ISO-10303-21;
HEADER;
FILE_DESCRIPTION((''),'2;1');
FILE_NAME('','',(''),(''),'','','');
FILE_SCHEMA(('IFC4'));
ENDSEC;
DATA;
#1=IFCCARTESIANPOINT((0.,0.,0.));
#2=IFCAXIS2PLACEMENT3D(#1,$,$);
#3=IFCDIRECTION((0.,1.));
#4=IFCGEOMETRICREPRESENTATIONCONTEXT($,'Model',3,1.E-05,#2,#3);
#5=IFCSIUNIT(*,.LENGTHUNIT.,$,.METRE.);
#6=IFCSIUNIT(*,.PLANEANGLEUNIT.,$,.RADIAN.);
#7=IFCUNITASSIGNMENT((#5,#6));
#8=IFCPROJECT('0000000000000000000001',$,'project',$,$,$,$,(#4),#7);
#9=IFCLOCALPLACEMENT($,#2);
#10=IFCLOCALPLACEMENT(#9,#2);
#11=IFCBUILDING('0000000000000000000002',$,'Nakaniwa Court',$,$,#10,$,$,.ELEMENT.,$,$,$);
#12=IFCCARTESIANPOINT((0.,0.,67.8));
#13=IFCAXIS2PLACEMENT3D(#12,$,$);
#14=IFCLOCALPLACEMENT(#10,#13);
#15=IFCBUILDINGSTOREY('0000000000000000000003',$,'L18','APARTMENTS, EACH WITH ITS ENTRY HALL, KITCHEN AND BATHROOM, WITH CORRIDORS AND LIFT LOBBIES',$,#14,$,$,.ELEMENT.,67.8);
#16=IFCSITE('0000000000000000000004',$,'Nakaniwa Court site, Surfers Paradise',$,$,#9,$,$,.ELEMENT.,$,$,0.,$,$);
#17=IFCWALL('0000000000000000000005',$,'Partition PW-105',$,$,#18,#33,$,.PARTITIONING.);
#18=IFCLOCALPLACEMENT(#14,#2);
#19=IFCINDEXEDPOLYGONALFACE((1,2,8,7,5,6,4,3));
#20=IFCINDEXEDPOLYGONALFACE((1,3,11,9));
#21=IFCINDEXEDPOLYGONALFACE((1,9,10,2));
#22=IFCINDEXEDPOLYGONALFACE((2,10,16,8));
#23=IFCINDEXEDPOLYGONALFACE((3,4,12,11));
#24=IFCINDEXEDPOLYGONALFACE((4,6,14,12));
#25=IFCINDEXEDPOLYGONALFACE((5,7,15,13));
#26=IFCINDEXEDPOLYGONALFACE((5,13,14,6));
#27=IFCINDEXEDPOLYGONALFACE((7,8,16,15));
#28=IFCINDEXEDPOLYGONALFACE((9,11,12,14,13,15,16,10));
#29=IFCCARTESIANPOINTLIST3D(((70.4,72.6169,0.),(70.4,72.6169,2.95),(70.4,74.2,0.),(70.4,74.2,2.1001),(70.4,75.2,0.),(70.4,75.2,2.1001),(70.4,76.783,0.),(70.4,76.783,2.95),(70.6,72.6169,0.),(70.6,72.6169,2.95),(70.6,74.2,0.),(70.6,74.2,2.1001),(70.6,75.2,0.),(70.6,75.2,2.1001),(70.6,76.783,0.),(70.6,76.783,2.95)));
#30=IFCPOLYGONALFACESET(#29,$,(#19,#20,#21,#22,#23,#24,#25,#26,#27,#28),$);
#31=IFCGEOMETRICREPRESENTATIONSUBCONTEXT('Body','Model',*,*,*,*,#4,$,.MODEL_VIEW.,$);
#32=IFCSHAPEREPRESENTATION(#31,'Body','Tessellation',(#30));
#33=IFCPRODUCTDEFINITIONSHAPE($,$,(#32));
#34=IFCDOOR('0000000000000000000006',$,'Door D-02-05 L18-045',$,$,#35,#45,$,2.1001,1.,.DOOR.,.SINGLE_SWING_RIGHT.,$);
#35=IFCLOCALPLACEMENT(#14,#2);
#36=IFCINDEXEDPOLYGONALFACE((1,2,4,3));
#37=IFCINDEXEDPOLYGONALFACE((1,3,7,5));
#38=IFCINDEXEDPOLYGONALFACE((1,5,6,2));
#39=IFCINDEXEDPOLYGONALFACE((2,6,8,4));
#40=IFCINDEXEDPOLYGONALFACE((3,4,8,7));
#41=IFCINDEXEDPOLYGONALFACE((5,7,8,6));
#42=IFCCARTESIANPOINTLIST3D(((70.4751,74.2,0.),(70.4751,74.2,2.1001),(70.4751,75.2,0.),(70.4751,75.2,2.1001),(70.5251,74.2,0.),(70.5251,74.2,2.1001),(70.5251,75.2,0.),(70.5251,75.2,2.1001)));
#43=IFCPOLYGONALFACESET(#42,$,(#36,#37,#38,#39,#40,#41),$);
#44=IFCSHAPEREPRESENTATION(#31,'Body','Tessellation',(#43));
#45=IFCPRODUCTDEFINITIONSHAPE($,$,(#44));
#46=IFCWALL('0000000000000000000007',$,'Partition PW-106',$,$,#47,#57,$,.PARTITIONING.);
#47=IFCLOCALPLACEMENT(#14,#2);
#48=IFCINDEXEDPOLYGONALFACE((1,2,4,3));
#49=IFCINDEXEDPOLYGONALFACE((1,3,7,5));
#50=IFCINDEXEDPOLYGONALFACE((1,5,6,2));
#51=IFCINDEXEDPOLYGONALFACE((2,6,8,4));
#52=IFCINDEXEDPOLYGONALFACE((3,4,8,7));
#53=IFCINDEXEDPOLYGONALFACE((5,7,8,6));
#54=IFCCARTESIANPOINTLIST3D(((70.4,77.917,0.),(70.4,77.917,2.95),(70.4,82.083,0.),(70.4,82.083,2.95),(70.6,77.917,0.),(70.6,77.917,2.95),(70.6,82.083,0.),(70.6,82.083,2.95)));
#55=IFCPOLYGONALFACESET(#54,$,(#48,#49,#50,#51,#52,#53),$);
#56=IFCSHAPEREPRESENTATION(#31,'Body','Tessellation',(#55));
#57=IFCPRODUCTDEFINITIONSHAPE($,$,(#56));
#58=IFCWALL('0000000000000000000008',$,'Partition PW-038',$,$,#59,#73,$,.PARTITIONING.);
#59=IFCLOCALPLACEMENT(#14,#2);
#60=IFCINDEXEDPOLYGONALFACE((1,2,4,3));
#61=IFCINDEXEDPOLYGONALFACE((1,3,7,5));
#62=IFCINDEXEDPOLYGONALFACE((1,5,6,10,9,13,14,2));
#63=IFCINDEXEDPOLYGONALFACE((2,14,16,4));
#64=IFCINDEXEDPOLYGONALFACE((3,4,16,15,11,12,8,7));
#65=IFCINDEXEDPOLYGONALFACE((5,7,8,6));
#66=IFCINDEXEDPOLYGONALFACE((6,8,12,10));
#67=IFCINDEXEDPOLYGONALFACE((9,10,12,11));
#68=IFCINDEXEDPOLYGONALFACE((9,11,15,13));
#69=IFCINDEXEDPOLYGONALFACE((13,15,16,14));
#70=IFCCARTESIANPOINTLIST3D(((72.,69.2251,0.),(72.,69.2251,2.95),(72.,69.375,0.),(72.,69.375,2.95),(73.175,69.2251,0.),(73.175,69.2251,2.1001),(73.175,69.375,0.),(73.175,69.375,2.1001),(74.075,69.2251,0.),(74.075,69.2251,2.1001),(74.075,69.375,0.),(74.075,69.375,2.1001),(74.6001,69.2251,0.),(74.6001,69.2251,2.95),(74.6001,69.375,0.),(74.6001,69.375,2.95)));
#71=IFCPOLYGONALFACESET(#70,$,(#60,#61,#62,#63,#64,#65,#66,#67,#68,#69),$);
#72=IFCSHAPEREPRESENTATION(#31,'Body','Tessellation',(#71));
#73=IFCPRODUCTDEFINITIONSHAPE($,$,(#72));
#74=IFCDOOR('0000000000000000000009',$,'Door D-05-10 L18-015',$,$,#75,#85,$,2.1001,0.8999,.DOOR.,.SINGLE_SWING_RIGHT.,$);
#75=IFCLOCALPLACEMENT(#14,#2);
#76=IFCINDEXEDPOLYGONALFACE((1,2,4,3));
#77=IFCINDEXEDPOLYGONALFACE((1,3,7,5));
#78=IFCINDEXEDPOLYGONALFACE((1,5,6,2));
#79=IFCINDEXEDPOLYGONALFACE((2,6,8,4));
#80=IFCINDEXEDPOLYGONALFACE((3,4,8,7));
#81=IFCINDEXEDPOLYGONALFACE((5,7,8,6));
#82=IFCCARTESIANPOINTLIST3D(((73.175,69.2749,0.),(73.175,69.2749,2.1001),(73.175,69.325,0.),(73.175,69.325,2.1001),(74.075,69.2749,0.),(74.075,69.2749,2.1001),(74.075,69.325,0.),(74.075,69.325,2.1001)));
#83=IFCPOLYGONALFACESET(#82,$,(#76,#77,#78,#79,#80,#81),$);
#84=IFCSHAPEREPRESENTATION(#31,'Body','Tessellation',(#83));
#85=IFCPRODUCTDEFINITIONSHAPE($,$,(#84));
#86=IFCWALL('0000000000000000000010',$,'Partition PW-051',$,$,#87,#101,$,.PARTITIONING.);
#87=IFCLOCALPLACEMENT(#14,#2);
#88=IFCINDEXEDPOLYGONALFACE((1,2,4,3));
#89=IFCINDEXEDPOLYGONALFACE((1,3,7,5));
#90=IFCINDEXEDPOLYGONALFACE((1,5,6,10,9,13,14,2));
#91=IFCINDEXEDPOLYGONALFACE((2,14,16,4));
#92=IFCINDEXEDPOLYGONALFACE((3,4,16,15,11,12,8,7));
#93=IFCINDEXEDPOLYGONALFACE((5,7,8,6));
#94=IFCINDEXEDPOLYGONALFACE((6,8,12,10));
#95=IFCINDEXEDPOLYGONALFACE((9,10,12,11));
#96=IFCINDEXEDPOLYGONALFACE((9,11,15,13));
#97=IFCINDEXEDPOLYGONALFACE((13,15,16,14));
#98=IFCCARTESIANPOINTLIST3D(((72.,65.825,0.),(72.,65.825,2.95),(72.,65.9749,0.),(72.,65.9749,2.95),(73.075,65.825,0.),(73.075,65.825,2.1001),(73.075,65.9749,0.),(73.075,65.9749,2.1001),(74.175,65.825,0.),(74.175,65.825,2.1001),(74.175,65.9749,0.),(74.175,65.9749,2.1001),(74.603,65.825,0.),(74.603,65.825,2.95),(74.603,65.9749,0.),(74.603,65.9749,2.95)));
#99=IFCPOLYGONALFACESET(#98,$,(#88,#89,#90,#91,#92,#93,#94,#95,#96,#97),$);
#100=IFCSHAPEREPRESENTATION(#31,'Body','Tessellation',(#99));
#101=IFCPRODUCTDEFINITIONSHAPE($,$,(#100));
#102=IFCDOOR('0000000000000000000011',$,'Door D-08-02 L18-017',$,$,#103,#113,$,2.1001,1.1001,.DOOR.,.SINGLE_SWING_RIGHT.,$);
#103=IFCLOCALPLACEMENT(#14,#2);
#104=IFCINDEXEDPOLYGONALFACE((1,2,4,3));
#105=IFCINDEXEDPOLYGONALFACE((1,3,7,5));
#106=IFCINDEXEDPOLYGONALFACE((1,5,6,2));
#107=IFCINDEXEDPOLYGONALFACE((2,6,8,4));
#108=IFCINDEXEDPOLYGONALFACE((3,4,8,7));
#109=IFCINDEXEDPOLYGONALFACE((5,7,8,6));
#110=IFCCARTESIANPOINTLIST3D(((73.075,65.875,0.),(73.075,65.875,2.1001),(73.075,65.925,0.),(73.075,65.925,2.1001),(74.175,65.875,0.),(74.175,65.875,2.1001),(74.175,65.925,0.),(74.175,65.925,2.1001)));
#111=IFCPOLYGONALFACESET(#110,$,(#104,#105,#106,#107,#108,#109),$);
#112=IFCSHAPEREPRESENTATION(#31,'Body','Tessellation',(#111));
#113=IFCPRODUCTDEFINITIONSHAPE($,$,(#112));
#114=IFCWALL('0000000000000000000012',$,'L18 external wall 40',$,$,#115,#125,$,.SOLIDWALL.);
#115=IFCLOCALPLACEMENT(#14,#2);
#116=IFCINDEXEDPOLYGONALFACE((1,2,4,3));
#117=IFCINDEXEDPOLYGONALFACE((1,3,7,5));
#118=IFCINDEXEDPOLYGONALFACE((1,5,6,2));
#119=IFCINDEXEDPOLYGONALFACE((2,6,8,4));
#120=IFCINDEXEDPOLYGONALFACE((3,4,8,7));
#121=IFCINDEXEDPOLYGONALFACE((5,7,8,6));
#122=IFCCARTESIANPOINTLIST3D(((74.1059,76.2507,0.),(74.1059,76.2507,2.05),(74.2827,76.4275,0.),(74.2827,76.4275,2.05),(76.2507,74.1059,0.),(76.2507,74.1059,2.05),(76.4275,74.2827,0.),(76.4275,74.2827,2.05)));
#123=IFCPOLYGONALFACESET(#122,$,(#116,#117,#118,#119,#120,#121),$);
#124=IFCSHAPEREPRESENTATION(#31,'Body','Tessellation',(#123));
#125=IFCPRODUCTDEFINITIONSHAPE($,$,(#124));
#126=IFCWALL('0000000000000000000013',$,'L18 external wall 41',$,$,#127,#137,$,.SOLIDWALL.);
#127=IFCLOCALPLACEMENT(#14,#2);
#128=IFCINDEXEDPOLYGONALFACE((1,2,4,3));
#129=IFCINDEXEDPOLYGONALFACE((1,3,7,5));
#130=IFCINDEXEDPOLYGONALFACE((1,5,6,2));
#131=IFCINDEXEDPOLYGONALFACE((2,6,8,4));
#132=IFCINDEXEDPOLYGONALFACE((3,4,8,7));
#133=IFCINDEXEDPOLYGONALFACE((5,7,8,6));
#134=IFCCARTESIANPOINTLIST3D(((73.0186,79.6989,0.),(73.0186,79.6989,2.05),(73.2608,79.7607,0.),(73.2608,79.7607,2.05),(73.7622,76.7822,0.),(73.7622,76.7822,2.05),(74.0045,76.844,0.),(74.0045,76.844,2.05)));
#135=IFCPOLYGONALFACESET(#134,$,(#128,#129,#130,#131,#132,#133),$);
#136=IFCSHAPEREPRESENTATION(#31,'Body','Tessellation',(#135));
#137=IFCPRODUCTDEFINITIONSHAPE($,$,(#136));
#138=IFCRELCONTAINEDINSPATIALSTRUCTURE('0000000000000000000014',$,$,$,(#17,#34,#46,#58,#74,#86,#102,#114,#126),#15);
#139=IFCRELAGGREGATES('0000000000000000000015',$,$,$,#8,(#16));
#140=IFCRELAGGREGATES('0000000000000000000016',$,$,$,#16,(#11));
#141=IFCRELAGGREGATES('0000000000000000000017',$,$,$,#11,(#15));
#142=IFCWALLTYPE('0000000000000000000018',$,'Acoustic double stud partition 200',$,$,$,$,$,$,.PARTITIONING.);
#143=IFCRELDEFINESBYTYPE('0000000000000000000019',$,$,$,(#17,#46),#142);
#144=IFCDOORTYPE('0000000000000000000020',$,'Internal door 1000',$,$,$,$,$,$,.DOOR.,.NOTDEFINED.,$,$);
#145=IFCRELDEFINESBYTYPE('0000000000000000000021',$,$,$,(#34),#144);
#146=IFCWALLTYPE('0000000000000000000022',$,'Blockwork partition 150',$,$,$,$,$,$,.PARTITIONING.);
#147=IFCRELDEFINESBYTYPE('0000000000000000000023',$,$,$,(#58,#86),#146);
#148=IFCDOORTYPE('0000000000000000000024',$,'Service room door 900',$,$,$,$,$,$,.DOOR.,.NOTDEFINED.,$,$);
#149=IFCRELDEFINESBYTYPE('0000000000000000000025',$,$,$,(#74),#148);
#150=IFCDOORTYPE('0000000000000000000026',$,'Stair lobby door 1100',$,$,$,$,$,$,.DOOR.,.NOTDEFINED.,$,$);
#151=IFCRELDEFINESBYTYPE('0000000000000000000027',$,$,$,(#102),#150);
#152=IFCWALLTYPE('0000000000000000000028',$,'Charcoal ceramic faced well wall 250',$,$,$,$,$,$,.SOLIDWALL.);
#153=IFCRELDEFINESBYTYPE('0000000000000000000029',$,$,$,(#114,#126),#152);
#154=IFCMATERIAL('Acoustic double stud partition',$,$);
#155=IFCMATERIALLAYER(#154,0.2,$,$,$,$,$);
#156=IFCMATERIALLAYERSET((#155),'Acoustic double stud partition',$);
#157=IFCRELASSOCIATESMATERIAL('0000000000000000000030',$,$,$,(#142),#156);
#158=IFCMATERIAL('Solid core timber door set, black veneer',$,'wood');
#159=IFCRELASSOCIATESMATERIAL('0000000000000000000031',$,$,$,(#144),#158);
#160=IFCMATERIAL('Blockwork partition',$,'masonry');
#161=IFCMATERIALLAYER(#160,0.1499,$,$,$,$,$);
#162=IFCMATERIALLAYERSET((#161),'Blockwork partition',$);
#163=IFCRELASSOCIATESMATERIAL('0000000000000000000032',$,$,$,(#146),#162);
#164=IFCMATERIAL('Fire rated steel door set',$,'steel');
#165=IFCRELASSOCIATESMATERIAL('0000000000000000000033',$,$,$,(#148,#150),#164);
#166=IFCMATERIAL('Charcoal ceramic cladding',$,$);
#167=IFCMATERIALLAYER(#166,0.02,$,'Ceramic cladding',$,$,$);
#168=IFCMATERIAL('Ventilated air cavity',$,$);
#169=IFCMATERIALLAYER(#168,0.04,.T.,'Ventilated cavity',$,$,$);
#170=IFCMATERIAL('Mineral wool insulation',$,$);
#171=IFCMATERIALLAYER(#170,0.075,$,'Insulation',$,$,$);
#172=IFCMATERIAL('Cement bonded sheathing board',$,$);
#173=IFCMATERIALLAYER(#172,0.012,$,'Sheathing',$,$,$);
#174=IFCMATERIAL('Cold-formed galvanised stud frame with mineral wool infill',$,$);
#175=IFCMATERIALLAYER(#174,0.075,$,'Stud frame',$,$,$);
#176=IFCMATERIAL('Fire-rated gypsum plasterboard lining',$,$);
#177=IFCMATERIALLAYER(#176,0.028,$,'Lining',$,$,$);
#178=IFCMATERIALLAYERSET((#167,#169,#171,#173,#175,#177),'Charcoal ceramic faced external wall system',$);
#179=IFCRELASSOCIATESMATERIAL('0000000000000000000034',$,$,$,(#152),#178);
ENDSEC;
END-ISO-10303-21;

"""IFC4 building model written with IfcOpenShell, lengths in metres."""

from ifc_helpers import new_model, si_unit, direction, frame, frame_2d, origin, place, context, subcontext, project, spatial, rectangle, extrude, material, layer, layer_set, type_object, element, fill, save


model = new_model("IFC4")

# Units and contexts
model_context = context("Model", 3, precision=1e-05, world=origin(), true_north=direction((0.0, 1.0)))
body_context = subcontext(model_context, "Body", "Model", "MODEL_VIEW")
ifc_project = project(units=[si_unit("LENGTHUNIT", "METRE"), si_unit("PLANEANGLEUNIT", "RADIAN")], contexts=[model_context])

# Site, building, storey
site_placement = place(None, origin())
site = spatial("IfcSite", under=ifc_project, at=site_placement, Name="Nakaniwa Court site, Surfers Paradise", CompositionType="ELEMENT", RefElevation=0.0)
building_placement = place(site_placement, origin())
building = spatial("IfcBuilding", under=site, at=building_placement, Name="Nakaniwa Court", CompositionType="ELEMENT")
storey_placement = place(building_placement, frame((0.0, 0.0, 67.8)))
storey = spatial("IfcBuildingStorey", under=building, at=storey_placement, Name="L18", Description="APARTMENTS, EACH WITH ITS ENTRY HALL, KITCHEN AND BATHROOM, WITH CORRIDORS AND LIFT LOBBIES", CompositionType="ELEMENT", Elevation=67.8)

# Shared definitions
ifc_material_1 = material(Name="Acoustic double stud partition")
ifc_layer_1 = layer(ifc_material_1, 0.2)
ifc_layer_set_1 = layer_set([ifc_layer_1], Name="Acoustic double stud partition")
wall_type_1 = type_object("IfcWallType", Name="Acoustic double stud partition 200", PredefinedType="PARTITIONING", material=ifc_layer_set_1)

# Wall, opening, door
wall_1_placement = place(storey_placement, frame((70.5, 72.6169, 0.0), z_axis=(0.0, 0.0, 1.0), x_axis=(0.0, 1.0, 0.0)))
wall_1 = element("IfcWall", 1, at=wall_1_placement, inside=storey, type_object=wall_type_1, Name="Partition PW-105", PredefinedType="PARTITIONING", context=body_context, shape_type="SweptSolid", body=[
    extrude(rectangle(XDim=4.166, YDim=0.2, at=frame_2d((2.083, 0.0))), origin(), (0.0, 0.0, 1.0), 2.95),
])
opening_1_placement = place(wall_1_placement, frame((1.583, 0.0, 0.0)))
opening_1 = element("IfcOpeningElement", 2, at=opening_1_placement, cuts=wall_1, PredefinedType="OPENING", context=body_context, shape_type="SweptSolid", body=[
    extrude(rectangle(XDim=1.0, YDim=2.1001, at=frame_2d((0.5, 1.05))), frame((0.0, 0.1099, 0.0), z_axis=(0.0, -1.0, 0.0), x_axis=(1.0, 0.0, 0.0)), (0.0, 0.0, 1.0), 0.22),
])
ifc_material_2 = material(Name="Solid core timber door set, black veneer", Category="wood")
door_type_1 = type_object("IfcDoorType", Name="Internal door 1000", OperationType="NOTDEFINED", PredefinedType="DOOR", material=ifc_material_2)
door_1_placement = place(opening_1_placement, origin())
door_1 = element("IfcDoor", 3, at=door_1_placement, inside=storey, type_object=door_type_1, Name="Door D-02-05 L18-045", OperationType="SINGLE_SWING_RIGHT", OverallHeight=2.1001, OverallWidth=1.0, PredefinedType="DOOR", context=body_context, shape_type="SweptSolid", body=[
    extrude(rectangle(XDim=1.0, YDim=2.1001, at=frame_2d((0.5, 1.05))), frame((0.0, 0.0249, 0.0), z_axis=(0.0, -1.0, 0.0), x_axis=(1.0, 0.0, 0.0)), (0.0, 0.0, 1.0), 0.05),
])
fill(opening_1, door_1)

# Wall
wall_2_placement = place(storey_placement, frame((70.5, 77.917, 0.0), z_axis=(0.0, 0.0, 1.0), x_axis=(0.0, 1.0, 0.0)))
element("IfcWall", 4, at=wall_2_placement, inside=storey, type_object=wall_type_1, Name="Partition PW-106", PredefinedType="PARTITIONING", context=body_context, shape_type="SweptSolid", body=[
    extrude(rectangle(XDim=4.166, YDim=0.2, at=frame_2d((2.083, 0.0))), origin(), (0.0, 0.0, 1.0), 2.95),
])

# Walls, openings, doors
ifc_material_3 = material(Name="Blockwork partition", Category="masonry")
ifc_layer_2 = layer(ifc_material_3, 0.1499)
ifc_layer_set_2 = layer_set([ifc_layer_2], Name="Blockwork partition")
wall_type_2 = type_object("IfcWallType", Name="Blockwork partition 150", PredefinedType="PARTITIONING", material=ifc_layer_set_2)
wall_3_placement = place(storey_placement, frame((72.0, 69.3, 0.0), z_axis=(0.0, 0.0, 1.0), x_axis=(1.0, 0.0, 0.0)))
wall_3 = element("IfcWall", 5, at=wall_3_placement, inside=storey, type_object=wall_type_2, Name="Partition PW-038", PredefinedType="PARTITIONING", context=body_context, shape_type="SweptSolid", body=[
    extrude(rectangle(XDim=2.6001, YDim=0.1499, at=frame_2d((1.3, 0.0))), origin(), (0.0, 0.0, 1.0), 2.95),
])
opening_2_placement = place(wall_3_placement, frame((1.175, 0.0, 0.0)))
opening_2 = element("IfcOpeningElement", 6, at=opening_2_placement, cuts=wall_3, PredefinedType="OPENING", context=body_context, shape_type="SweptSolid", body=[
    extrude(rectangle(XDim=0.8999, YDim=2.1001, at=frame_2d((0.45, 1.05))), frame((0.0, 0.085, 0.0), z_axis=(0.0, -1.0, 0.0), x_axis=(1.0, 0.0, 0.0)), (0.0, 0.0, 1.0), 0.1699),
])
ifc_material_4 = material(Name="Fire rated steel door set", Category="steel")
door_type_2 = type_object("IfcDoorType", Name="Service room door 900", OperationType="NOTDEFINED", PredefinedType="DOOR", material=ifc_material_4)
door_2_placement = place(opening_2_placement, origin())
door_2 = element("IfcDoor", 7, at=door_2_placement, inside=storey, type_object=door_type_2, Name="Door D-05-10 L18-015", OperationType="SINGLE_SWING_RIGHT", OverallHeight=2.1001, OverallWidth=0.8999, PredefinedType="DOOR", context=body_context, shape_type="SweptSolid", body=[
    extrude(rectangle(XDim=0.8999, YDim=2.1001, at=frame_2d((0.45, 1.05))), frame((0.0, 0.0249, 0.0), z_axis=(0.0, -1.0, 0.0), x_axis=(1.0, 0.0, 0.0)), (0.0, 0.0, 1.0), 0.05),
])
fill(opening_2, door_2)
wall_4_placement = place(storey_placement, frame((74.603, 65.8999, 0.0), z_axis=(0.0, 0.0, 1.0), x_axis=(-1.0, 0.0, 0.0)))
wall_4 = element("IfcWall", 8, at=wall_4_placement, inside=storey, type_object=wall_type_2, Name="Partition PW-051", PredefinedType="PARTITIONING", context=body_context, shape_type="SweptSolid", body=[
    extrude(rectangle(XDim=2.603, YDim=0.1499, at=frame_2d((1.3015, 0.0))), origin(), (0.0, 0.0, 1.0), 2.95),
])
opening_3_placement = place(wall_4_placement, frame((0.428, 0.0, 0.0)))
opening_3 = element("IfcOpeningElement", 9, at=opening_3_placement, cuts=wall_4, PredefinedType="OPENING", context=body_context, shape_type="SweptSolid", body=[
    extrude(rectangle(XDim=1.1001, YDim=2.1001, at=frame_2d((0.55, 1.05))), frame((0.0, 0.085, 0.0), z_axis=(0.0, -1.0, 0.0), x_axis=(1.0, 0.0, 0.0)), (0.0, 0.0, 1.0), 0.1699),
])
door_type_3 = type_object("IfcDoorType", Name="Stair lobby door 1100", OperationType="NOTDEFINED", PredefinedType="DOOR", material=ifc_material_4)
door_3_placement = place(opening_3_placement, origin())
door_3 = element("IfcDoor", 10, at=door_3_placement, inside=storey, type_object=door_type_3, Name="Door D-08-02 L18-017", OperationType="SINGLE_SWING_RIGHT", OverallHeight=2.1001, OverallWidth=1.1001, PredefinedType="DOOR", context=body_context, shape_type="SweptSolid", body=[
    extrude(rectangle(XDim=1.1001, YDim=2.1001, at=frame_2d((0.55, 1.05))), frame((0.0, 0.0249, 0.0), z_axis=(0.0, -1.0, 0.0), x_axis=(1.0, 0.0, 0.0)), (0.0, 0.0, 1.0), 0.05),
])
fill(opening_3, door_3)

# Walls
ifc_material_5 = material(Name="Charcoal ceramic cladding")
ifc_layer_3 = layer(ifc_material_5, 0.02, Name="Ceramic cladding")
ifc_material_6 = material(Name="Ventilated air cavity")
ifc_layer_4 = layer(ifc_material_6, 0.04, ventilated=True, Name="Ventilated cavity")
ifc_material_7 = material(Name="Mineral wool insulation")
ifc_layer_5 = layer(ifc_material_7, 0.075, Name="Insulation")
ifc_material_8 = material(Name="Cement bonded sheathing board")
ifc_layer_6 = layer(ifc_material_8, 0.012, Name="Sheathing")
ifc_material_9 = material(Name="Cold-formed galvanised stud frame with mineral wool infill")
ifc_layer_7 = layer(ifc_material_9, 0.075, Name="Stud frame")
ifc_material_10 = material(Name="Fire-rated gypsum plasterboard lining")
ifc_layer_8 = layer(ifc_material_10, 0.028, Name="Lining")
ifc_layer_set_3 = layer_set([ifc_layer_3, ifc_layer_4, ifc_layer_5, ifc_layer_6, ifc_layer_7, ifc_layer_8], Name="Charcoal ceramic faced external wall system")
wall_type_3 = type_object("IfcWallType", Name="Charcoal ceramic faced well wall 250", PredefinedType="SOLIDWALL", material=ifc_layer_set_3)
wall_5_placement = place(storey_placement, frame((76.3391, 74.1943, 0.0), z_axis=(0.0, 0.0, 1.0), x_axis=(-0.707107, 0.707107, 0.0)))
element("IfcWall", 11, at=wall_5_placement, inside=storey, type_object=wall_type_3, Name="L18 external wall 40", PredefinedType="SOLIDWALL", context=body_context, shape_type="SweptSolid", body=[
    extrude(rectangle(XDim=3.0332, YDim=0.25, at=frame_2d((1.5166, 0.0))), origin(), (0.0, 0.0, 1.0), 2.05),
])
wall_6_placement = place(storey_placement, frame((73.8833, 76.8132, 0.0), z_axis=(0.0, 0.0, 1.0), x_axis=(-0.247056, 0.969001, 0.0)))
element("IfcWall", 12, at=wall_6_placement, inside=storey, type_object=wall_type_3, Name="L18 external wall 41", PredefinedType="SOLIDWALL", context=body_context, shape_type="SweptSolid", body=[
    extrude(rectangle(XDim=3.01, YDim=0.25, at=frame_2d((1.5049, 0.0))), origin(), (0.0, 0.0, 1.0), 2.05),
])

save(model, "model.ifc")
